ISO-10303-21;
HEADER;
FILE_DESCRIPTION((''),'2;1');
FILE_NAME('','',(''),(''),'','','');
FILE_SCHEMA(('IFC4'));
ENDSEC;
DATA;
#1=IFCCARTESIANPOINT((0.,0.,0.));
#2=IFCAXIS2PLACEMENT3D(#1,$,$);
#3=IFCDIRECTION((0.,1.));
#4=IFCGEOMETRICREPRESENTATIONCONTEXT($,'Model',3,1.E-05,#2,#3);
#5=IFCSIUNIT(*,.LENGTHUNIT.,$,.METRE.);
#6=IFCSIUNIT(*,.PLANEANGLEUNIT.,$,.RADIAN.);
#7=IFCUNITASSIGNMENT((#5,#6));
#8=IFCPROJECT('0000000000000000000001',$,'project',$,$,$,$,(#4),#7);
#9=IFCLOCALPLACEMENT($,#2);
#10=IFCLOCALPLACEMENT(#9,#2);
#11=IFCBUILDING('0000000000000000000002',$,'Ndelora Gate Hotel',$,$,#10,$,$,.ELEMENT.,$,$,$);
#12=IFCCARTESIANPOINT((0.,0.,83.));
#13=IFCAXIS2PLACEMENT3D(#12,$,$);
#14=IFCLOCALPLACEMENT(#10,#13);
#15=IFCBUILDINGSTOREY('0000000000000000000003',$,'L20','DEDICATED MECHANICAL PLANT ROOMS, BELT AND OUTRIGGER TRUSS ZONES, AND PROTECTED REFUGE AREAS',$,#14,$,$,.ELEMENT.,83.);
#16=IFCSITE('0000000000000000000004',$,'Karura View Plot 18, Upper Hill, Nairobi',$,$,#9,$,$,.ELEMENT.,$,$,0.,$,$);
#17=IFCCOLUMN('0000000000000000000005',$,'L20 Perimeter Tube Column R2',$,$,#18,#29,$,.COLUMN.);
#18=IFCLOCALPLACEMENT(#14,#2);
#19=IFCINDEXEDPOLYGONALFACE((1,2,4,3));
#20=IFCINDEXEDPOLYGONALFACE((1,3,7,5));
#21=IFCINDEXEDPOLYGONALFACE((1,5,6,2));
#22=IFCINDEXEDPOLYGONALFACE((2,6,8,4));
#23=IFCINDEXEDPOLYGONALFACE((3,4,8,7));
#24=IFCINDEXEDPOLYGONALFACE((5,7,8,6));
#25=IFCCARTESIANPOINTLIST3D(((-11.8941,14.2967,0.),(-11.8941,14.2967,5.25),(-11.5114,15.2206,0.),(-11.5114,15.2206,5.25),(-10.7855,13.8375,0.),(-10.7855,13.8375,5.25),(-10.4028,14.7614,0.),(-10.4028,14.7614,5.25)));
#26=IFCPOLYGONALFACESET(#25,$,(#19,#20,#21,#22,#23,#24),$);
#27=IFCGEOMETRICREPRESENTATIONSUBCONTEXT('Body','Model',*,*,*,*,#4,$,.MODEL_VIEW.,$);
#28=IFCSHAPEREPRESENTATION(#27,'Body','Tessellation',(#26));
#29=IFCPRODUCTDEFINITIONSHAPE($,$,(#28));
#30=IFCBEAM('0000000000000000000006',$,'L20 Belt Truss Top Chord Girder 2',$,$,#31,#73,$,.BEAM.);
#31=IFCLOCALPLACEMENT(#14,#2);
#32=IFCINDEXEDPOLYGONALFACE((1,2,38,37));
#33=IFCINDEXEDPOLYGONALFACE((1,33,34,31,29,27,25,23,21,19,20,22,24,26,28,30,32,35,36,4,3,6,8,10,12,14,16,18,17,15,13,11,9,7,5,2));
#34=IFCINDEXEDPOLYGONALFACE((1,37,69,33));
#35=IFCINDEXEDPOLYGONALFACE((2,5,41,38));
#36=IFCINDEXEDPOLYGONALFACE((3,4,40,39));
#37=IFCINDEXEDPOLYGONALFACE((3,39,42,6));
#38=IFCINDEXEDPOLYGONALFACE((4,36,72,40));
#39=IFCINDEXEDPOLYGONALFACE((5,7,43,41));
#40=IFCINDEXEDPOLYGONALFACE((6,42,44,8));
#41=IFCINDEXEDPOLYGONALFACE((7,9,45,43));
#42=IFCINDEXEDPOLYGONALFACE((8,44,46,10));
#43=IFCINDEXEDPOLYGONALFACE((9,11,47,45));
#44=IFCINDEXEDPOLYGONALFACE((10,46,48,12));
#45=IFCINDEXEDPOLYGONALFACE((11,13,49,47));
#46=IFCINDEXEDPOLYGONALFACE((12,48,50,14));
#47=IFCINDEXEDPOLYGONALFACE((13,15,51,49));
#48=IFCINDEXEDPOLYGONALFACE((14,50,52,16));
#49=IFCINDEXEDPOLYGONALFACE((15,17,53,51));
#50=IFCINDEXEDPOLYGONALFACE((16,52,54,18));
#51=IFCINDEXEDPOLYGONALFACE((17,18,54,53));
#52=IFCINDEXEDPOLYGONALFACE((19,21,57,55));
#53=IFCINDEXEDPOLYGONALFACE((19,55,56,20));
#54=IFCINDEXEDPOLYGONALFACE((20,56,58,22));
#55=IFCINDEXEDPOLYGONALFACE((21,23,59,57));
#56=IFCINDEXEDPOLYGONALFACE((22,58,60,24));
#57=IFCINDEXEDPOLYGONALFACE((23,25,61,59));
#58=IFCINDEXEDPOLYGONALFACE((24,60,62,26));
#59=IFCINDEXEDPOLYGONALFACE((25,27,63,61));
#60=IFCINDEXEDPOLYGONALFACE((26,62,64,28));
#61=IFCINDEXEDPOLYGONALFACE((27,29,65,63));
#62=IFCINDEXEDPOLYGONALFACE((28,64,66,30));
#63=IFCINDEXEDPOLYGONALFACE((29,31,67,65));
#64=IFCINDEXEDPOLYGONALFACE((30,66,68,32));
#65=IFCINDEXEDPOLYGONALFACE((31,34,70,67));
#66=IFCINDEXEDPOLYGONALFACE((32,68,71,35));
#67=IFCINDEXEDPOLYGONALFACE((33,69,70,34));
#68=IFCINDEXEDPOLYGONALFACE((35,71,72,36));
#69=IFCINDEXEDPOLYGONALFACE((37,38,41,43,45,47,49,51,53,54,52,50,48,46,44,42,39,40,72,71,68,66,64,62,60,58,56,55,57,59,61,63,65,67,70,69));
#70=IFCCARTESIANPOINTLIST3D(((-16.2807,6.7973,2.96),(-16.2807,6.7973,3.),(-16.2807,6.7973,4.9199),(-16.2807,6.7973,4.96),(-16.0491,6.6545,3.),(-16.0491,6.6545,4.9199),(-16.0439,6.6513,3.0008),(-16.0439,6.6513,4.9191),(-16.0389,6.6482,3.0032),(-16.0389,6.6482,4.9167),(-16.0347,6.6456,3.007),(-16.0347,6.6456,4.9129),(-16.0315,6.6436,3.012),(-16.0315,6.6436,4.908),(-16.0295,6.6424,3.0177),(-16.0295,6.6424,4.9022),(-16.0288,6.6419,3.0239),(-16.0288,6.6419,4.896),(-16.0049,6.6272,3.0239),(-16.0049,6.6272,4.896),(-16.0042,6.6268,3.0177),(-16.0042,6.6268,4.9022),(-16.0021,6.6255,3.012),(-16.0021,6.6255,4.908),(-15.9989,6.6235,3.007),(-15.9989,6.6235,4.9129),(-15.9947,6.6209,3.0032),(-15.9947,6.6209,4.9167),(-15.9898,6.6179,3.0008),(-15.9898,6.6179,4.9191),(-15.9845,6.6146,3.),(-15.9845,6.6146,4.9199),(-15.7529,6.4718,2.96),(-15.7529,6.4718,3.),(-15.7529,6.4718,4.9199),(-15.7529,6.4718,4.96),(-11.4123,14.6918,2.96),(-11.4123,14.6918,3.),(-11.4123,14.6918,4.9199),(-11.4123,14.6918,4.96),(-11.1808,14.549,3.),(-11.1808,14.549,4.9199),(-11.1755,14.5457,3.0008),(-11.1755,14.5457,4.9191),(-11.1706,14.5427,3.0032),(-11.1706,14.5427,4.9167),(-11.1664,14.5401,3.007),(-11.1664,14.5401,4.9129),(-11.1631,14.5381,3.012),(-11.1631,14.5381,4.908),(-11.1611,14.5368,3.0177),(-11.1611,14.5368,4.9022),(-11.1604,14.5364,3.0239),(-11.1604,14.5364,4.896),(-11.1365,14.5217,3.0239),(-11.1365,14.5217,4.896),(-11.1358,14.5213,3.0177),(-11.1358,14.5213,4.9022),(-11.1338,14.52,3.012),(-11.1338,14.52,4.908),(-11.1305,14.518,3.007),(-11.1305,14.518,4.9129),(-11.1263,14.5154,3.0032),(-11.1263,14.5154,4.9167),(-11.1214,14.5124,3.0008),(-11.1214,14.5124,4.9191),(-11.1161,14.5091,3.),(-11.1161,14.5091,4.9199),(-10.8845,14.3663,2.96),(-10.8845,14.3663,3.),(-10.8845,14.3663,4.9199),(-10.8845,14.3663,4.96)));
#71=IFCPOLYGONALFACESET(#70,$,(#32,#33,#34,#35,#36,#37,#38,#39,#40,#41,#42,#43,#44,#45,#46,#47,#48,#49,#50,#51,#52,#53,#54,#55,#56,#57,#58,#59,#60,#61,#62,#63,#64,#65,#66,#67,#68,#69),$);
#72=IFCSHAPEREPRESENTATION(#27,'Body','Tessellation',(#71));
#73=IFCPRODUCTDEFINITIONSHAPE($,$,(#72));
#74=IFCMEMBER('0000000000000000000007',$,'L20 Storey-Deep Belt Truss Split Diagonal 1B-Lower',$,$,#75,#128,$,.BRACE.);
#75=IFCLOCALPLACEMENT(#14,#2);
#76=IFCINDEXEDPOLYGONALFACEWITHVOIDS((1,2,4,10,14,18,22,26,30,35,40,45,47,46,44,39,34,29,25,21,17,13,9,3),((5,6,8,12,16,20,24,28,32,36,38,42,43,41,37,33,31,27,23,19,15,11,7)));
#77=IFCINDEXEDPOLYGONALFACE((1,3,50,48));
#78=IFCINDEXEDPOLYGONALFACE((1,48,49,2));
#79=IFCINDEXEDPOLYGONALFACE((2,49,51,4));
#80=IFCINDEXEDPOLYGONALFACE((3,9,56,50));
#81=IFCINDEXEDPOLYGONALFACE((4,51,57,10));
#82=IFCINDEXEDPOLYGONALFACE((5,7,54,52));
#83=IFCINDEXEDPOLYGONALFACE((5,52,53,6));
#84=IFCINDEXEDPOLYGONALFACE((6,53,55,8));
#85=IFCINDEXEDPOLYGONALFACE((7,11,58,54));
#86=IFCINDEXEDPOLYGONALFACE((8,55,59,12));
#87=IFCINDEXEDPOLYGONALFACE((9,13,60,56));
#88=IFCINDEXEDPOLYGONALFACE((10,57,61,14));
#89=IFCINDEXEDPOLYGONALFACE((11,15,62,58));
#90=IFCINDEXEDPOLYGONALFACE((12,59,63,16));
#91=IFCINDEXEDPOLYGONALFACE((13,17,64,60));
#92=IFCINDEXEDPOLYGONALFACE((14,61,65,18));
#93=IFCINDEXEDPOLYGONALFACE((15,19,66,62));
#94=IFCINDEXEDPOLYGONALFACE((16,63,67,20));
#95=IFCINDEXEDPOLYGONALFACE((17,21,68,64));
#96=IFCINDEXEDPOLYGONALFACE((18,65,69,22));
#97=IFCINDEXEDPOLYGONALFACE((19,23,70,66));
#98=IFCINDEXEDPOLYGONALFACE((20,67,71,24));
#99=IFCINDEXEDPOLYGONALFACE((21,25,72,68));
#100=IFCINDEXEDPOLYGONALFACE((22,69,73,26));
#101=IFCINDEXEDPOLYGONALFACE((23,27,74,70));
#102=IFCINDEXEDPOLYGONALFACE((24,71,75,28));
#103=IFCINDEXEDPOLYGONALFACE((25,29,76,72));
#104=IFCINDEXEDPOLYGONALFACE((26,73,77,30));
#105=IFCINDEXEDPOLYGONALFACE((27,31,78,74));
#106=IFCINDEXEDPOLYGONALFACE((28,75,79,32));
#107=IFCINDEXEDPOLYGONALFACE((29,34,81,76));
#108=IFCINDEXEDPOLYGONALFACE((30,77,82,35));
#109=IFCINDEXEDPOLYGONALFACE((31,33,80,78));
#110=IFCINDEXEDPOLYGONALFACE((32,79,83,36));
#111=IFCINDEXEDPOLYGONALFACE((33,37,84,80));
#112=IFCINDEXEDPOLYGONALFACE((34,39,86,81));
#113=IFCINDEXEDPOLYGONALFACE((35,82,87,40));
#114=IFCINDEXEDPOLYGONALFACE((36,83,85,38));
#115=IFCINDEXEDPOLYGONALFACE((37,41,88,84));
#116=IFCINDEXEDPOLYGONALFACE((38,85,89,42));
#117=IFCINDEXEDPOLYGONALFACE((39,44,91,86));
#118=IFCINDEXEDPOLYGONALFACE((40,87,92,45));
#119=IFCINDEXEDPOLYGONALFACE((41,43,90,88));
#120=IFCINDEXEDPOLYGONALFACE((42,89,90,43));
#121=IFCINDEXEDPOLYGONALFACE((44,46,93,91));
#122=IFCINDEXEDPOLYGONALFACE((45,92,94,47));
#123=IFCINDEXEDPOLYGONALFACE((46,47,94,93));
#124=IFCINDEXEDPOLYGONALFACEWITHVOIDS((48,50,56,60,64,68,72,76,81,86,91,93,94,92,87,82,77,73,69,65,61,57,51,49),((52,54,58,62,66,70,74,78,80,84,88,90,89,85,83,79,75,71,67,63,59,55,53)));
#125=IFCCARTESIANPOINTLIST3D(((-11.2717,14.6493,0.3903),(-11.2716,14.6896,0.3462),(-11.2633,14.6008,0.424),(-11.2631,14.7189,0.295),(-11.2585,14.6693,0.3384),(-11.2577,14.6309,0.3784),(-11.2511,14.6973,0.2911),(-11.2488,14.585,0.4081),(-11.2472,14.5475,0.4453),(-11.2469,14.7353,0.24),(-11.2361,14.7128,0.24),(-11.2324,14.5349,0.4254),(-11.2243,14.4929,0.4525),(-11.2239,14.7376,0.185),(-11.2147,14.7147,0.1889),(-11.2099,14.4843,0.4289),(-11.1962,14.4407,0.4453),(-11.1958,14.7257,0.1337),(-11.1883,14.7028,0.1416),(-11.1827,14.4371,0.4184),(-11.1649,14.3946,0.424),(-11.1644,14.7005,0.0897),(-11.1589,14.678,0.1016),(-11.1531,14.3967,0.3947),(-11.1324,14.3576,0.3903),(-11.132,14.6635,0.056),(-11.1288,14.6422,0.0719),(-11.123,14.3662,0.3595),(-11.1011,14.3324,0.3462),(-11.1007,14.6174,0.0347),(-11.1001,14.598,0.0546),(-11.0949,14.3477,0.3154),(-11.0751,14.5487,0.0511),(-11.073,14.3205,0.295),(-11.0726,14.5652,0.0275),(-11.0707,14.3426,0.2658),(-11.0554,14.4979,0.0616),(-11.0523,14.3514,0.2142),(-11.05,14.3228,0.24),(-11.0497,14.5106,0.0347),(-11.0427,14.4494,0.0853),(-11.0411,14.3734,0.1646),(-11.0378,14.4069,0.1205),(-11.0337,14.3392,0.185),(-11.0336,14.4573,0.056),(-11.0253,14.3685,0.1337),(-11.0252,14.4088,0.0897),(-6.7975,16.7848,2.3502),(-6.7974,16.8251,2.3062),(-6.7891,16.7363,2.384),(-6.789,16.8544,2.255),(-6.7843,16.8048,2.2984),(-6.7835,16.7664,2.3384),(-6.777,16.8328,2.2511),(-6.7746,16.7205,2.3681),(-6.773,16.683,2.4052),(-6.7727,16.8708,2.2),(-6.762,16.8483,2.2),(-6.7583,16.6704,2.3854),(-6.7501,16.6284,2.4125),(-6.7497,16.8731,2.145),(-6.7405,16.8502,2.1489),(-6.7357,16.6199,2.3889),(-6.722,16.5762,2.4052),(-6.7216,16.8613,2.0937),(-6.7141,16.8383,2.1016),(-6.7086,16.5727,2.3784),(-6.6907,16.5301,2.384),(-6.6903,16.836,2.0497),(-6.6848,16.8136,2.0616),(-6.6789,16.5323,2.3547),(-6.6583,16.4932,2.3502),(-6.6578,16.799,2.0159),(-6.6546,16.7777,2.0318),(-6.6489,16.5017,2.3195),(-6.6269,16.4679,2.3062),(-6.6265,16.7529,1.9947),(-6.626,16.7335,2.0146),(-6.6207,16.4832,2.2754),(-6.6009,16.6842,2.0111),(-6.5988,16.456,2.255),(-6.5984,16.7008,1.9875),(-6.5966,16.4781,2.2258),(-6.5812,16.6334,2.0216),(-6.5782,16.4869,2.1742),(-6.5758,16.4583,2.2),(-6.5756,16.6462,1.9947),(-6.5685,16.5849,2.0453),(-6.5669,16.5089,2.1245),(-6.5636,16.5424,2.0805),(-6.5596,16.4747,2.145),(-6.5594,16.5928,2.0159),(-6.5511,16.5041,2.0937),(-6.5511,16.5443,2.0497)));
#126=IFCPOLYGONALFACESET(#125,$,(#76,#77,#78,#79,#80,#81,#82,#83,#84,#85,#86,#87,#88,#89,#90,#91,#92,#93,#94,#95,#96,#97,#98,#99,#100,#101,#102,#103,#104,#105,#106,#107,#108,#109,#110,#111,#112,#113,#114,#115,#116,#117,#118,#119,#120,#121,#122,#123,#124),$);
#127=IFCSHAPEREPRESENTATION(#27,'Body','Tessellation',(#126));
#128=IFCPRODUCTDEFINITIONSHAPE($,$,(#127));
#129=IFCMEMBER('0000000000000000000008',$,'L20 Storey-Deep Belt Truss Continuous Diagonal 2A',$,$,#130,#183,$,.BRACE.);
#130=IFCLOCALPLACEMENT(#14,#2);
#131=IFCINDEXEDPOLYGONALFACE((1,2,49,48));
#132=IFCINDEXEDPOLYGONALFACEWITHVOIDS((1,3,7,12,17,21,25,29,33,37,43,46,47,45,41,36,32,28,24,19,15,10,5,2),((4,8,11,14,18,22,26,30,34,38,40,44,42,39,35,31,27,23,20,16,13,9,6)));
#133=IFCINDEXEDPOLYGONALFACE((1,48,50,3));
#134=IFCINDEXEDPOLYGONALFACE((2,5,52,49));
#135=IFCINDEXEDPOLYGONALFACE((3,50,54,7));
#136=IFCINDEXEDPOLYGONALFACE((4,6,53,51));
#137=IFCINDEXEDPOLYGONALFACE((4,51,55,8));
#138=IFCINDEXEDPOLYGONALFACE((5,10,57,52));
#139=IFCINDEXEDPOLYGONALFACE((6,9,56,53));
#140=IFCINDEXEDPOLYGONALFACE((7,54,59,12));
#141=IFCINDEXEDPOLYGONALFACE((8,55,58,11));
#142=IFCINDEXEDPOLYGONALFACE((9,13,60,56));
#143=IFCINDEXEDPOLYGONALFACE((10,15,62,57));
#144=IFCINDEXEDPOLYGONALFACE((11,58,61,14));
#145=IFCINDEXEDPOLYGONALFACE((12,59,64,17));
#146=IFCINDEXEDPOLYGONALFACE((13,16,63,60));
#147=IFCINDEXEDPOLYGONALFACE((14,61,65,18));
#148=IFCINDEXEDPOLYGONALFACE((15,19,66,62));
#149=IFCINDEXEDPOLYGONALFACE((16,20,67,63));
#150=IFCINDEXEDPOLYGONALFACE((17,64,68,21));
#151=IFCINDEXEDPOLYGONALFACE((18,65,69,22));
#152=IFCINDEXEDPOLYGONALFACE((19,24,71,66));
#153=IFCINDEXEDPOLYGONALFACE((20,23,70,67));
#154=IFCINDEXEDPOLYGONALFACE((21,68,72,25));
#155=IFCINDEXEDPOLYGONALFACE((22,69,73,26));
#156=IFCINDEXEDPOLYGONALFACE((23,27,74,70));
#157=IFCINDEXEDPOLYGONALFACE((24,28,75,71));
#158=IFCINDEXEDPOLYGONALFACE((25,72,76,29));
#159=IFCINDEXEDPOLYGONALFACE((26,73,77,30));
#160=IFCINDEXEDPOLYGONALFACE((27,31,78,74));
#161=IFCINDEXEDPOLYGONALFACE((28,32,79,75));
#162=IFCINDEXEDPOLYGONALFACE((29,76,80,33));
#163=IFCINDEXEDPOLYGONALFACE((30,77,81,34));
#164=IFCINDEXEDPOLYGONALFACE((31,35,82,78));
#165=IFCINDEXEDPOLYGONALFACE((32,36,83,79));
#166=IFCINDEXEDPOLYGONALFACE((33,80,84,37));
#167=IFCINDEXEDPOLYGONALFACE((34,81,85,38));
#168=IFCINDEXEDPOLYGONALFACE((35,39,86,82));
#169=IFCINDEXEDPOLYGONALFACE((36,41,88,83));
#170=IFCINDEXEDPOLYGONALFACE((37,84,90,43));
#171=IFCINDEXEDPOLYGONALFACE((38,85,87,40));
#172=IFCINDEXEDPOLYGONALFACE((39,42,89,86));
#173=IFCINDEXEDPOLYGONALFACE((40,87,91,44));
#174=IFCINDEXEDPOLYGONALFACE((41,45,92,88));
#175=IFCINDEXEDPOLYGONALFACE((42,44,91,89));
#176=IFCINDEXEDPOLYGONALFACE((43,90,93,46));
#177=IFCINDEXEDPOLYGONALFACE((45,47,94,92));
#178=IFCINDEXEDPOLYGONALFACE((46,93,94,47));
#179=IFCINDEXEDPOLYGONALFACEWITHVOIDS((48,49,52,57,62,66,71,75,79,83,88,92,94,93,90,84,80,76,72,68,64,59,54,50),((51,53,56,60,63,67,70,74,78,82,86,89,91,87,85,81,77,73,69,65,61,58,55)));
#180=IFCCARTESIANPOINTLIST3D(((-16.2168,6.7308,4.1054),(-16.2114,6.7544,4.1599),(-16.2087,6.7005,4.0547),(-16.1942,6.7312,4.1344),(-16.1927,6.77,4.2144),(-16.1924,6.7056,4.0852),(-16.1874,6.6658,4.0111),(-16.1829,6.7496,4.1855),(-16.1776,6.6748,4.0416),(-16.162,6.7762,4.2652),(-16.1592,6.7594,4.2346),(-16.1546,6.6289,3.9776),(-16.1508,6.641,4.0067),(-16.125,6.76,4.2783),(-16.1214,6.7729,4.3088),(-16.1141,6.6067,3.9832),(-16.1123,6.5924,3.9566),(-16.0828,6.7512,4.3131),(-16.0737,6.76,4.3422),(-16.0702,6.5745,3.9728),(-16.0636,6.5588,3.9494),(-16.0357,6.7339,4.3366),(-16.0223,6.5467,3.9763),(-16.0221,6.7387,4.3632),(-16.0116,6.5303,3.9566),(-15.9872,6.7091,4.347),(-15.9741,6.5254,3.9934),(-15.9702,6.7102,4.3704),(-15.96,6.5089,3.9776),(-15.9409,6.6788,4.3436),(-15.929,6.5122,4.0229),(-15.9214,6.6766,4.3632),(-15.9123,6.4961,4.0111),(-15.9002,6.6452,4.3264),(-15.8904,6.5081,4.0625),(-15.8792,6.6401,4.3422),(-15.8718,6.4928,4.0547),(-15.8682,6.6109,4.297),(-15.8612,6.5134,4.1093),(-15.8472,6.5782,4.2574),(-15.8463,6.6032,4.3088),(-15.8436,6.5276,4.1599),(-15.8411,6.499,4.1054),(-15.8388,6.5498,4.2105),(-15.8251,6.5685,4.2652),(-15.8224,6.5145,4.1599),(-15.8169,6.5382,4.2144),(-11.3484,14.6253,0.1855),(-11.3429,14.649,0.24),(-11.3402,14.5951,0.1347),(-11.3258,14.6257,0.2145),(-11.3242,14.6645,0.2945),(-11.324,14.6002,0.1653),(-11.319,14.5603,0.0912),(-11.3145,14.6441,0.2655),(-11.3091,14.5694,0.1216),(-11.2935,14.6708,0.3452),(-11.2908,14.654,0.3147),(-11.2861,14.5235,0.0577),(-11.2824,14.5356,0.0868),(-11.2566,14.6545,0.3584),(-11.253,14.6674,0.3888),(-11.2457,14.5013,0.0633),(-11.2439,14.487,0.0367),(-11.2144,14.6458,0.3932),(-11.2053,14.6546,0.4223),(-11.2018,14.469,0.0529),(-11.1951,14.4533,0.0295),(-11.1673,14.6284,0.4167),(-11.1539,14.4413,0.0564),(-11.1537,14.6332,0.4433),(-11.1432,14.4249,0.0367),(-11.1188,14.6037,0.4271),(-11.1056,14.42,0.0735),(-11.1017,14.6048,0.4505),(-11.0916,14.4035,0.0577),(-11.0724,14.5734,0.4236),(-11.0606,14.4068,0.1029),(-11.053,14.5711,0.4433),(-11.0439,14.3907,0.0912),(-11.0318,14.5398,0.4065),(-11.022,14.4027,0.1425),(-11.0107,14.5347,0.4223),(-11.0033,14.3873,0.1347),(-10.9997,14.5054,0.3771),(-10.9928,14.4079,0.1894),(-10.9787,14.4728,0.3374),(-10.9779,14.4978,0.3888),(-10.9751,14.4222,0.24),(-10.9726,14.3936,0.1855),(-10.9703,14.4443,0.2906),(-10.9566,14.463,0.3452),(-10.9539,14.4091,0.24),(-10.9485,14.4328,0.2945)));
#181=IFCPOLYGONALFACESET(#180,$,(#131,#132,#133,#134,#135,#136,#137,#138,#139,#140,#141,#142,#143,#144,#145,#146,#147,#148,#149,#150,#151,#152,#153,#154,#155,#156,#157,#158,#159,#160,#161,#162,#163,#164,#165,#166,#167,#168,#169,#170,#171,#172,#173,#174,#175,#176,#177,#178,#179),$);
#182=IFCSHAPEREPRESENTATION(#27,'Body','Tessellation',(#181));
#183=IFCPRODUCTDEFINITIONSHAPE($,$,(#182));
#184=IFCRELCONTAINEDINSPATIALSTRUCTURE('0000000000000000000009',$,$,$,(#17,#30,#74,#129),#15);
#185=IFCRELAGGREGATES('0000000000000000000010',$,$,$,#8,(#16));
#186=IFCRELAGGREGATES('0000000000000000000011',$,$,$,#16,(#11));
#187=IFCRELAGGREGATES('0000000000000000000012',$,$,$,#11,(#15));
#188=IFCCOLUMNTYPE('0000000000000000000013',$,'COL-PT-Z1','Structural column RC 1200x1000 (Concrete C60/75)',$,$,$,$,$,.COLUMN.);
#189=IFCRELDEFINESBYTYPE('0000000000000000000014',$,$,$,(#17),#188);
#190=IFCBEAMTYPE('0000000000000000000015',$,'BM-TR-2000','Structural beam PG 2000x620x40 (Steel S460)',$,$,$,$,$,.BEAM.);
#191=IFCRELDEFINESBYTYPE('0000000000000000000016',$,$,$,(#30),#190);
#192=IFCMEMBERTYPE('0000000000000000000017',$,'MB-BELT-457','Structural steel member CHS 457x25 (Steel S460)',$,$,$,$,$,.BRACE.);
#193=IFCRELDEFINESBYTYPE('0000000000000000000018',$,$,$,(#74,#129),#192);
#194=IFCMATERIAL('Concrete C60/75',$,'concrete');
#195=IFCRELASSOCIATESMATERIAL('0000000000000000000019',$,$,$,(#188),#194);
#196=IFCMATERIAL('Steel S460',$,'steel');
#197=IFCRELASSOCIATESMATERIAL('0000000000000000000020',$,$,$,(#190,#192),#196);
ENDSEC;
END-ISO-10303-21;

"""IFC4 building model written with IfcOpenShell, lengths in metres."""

from ifc_helpers import new_model, si_unit, direction, frame, origin, origin_2d, place, context, subcontext, project, spatial, rectangle, hollow_circle, i_section, extrude, material, material_profile, profile_set, type_object, element, save


model = new_model("IFC4")

# Units and contexts
model_context = context("Model", 3, precision=1e-05, world=origin(), true_north=direction((0.0, 1.0)))
body_context = subcontext(model_context, "Body", "Model", "MODEL_VIEW")
ifc_project = project(units=[si_unit("LENGTHUNIT", "METRE"), si_unit("PLANEANGLEUNIT", "RADIAN")], contexts=[model_context])

# Site, building, storey
site_placement = place(None, origin())
site = spatial("IfcSite", under=ifc_project, at=site_placement, Name="Karura View Plot 18, Upper Hill, Nairobi", CompositionType="ELEMENT", RefElevation=0.0)
building_placement = place(site_placement, origin())
building = spatial("IfcBuilding", under=site, at=building_placement, Name="Ndelora Gate Hotel", CompositionType="ELEMENT")
storey_placement = place(building_placement, frame((0.0, 0.0, 83.0)))
storey = spatial("IfcBuildingStorey", under=building, at=storey_placement, Name="L20", Description="DEDICATED MECHANICAL PLANT ROOMS, BELT AND OUTRIGGER TRUSS ZONES, AND PROTECTED REFUGE AREAS", CompositionType="ELEMENT", Elevation=83.0)

# Column
ifc_material_1 = material(Name="Concrete C60/75", Category="concrete")
ifc_material_profile_1 = material_profile(ifc_material_1, rectangle(XDim=1.0, YDim=1.2, at=origin_2d()), Name="RC 1200x1000")
ifc_profile_set_1 = profile_set([ifc_material_profile_1], Name="Concrete C60/75")
column_type = type_object("IfcColumnType", Name="COL-PT-Z1", Description="Structural column RC 1200x1000 (Concrete C60/75)", PredefinedType="COLUMN", material=ifc_profile_set_1)
column_placement = place(storey_placement, frame((-11.1484, 14.5291, 0.0), z_axis=(0.0, 0.0, 1.0), x_axis=(0.382683, 0.92388, 0.0)))
element("IfcColumn", 1, at=column_placement, inside=storey, type_object=column_type, Name="L20 Perimeter Tube Column R2", PredefinedType="COLUMN", context=body_context, shape_type="SweptSolid", body=[
    extrude(rectangle(XDim=1.0, YDim=1.2, at=origin_2d()), origin(), (0.0, 0.0, 1.0), 5.25),
])

# Beam
ifc_material_2 = material(Name="Steel S460", Category="steel")
ifc_material_profile_2 = material_profile(ifc_material_2, i_section(OverallWidth=0.6201, OverallDepth=2.0, WebThickness=0.0281, FlangeThickness=0.04, FilletRadius=0.0239, at=origin_2d()), Name="PG 2000x620x40")
ifc_profile_set_2 = profile_set([ifc_material_profile_2], Name="Steel S460")
beam_type = type_object("IfcBeamType", Name="BM-TR-2000", Description="Structural beam PG 2000x620x40 (Steel S460)", PredefinedType="BEAM", material=ifc_profile_set_2)
beam_placement = place(storey_placement, frame((-11.1484, 14.5291, 3.96), z_axis=(-0.524898, -0.851165, 0.0), x_axis=(0.851165, -0.524898, 0.0)))
element("IfcBeam", 2, at=beam_placement, inside=storey, type_object=beam_type, Name="L20 Belt Truss Top Chord Girder 2", PredefinedType="BEAM", context=body_context, shape_type="SweptSolid", body=[
    extrude(i_section(OverallWidth=0.6201, OverallDepth=2.0, WebThickness=0.0281, FlangeThickness=0.04, FilletRadius=0.0239, at=origin_2d()), origin(), (0.0, 0.0, 1.0), 9.2749),
])

# Members
ifc_material_profile_3 = material_profile(ifc_material_2, hollow_circle(Radius=0.2285, WallThickness=0.0249, at=origin_2d()), Name="CHS 457x25")
ifc_profile_set_3 = profile_set([ifc_material_profile_3], Name="Steel S460")
member_type_1 = type_object("IfcMemberType", Name="MB-BELT-457", Description="Structural steel member CHS 457x25 (Steel S460)", PredefinedType="BRACE", material=ifc_profile_set_3)
member_1_placement = place(storey_placement, frame((-11.1484, 14.5291, 0.24), z_axis=(0.839265, 0.400581, 0.367654), x_axis=(-0.43075, 0.902471, 0.0)))
element("IfcMember", 3, at=member_1_placement, inside=storey, type_object=member_type_1, Name="L20 Storey-Deep Belt Truss Split Diagonal 1B-Lower", PredefinedType="BRACE", context=body_context, shape_type="SweptSolid", body=[
    extrude(hollow_circle(Radius=0.2285, WallThickness=0.0249, at=origin_2d()), origin(), (0.0, 0.0, 1.0), 5.3311),
])
member_2_placement = place(storey_placement, frame((-11.1484, 14.5291, 0.24), z_axis=(-0.48349, -0.78402, 0.389294), x_axis=(0.851165, -0.524898, 0.0)))
element("IfcMember", 4, at=member_2_placement, inside=storey, type_object=member_type_1, Name="L20 Storey-Deep Belt Truss Continuous Diagonal 2A", PredefinedType="BRACE", context=body_context, shape_type="SweptSolid", body=[
    extrude(hollow_circle(Radius=0.2285, WallThickness=0.0249, at=origin_2d()), origin(), (0.0, 0.0, 1.0), 10.0693),
])

save(model, "model.ifc")
